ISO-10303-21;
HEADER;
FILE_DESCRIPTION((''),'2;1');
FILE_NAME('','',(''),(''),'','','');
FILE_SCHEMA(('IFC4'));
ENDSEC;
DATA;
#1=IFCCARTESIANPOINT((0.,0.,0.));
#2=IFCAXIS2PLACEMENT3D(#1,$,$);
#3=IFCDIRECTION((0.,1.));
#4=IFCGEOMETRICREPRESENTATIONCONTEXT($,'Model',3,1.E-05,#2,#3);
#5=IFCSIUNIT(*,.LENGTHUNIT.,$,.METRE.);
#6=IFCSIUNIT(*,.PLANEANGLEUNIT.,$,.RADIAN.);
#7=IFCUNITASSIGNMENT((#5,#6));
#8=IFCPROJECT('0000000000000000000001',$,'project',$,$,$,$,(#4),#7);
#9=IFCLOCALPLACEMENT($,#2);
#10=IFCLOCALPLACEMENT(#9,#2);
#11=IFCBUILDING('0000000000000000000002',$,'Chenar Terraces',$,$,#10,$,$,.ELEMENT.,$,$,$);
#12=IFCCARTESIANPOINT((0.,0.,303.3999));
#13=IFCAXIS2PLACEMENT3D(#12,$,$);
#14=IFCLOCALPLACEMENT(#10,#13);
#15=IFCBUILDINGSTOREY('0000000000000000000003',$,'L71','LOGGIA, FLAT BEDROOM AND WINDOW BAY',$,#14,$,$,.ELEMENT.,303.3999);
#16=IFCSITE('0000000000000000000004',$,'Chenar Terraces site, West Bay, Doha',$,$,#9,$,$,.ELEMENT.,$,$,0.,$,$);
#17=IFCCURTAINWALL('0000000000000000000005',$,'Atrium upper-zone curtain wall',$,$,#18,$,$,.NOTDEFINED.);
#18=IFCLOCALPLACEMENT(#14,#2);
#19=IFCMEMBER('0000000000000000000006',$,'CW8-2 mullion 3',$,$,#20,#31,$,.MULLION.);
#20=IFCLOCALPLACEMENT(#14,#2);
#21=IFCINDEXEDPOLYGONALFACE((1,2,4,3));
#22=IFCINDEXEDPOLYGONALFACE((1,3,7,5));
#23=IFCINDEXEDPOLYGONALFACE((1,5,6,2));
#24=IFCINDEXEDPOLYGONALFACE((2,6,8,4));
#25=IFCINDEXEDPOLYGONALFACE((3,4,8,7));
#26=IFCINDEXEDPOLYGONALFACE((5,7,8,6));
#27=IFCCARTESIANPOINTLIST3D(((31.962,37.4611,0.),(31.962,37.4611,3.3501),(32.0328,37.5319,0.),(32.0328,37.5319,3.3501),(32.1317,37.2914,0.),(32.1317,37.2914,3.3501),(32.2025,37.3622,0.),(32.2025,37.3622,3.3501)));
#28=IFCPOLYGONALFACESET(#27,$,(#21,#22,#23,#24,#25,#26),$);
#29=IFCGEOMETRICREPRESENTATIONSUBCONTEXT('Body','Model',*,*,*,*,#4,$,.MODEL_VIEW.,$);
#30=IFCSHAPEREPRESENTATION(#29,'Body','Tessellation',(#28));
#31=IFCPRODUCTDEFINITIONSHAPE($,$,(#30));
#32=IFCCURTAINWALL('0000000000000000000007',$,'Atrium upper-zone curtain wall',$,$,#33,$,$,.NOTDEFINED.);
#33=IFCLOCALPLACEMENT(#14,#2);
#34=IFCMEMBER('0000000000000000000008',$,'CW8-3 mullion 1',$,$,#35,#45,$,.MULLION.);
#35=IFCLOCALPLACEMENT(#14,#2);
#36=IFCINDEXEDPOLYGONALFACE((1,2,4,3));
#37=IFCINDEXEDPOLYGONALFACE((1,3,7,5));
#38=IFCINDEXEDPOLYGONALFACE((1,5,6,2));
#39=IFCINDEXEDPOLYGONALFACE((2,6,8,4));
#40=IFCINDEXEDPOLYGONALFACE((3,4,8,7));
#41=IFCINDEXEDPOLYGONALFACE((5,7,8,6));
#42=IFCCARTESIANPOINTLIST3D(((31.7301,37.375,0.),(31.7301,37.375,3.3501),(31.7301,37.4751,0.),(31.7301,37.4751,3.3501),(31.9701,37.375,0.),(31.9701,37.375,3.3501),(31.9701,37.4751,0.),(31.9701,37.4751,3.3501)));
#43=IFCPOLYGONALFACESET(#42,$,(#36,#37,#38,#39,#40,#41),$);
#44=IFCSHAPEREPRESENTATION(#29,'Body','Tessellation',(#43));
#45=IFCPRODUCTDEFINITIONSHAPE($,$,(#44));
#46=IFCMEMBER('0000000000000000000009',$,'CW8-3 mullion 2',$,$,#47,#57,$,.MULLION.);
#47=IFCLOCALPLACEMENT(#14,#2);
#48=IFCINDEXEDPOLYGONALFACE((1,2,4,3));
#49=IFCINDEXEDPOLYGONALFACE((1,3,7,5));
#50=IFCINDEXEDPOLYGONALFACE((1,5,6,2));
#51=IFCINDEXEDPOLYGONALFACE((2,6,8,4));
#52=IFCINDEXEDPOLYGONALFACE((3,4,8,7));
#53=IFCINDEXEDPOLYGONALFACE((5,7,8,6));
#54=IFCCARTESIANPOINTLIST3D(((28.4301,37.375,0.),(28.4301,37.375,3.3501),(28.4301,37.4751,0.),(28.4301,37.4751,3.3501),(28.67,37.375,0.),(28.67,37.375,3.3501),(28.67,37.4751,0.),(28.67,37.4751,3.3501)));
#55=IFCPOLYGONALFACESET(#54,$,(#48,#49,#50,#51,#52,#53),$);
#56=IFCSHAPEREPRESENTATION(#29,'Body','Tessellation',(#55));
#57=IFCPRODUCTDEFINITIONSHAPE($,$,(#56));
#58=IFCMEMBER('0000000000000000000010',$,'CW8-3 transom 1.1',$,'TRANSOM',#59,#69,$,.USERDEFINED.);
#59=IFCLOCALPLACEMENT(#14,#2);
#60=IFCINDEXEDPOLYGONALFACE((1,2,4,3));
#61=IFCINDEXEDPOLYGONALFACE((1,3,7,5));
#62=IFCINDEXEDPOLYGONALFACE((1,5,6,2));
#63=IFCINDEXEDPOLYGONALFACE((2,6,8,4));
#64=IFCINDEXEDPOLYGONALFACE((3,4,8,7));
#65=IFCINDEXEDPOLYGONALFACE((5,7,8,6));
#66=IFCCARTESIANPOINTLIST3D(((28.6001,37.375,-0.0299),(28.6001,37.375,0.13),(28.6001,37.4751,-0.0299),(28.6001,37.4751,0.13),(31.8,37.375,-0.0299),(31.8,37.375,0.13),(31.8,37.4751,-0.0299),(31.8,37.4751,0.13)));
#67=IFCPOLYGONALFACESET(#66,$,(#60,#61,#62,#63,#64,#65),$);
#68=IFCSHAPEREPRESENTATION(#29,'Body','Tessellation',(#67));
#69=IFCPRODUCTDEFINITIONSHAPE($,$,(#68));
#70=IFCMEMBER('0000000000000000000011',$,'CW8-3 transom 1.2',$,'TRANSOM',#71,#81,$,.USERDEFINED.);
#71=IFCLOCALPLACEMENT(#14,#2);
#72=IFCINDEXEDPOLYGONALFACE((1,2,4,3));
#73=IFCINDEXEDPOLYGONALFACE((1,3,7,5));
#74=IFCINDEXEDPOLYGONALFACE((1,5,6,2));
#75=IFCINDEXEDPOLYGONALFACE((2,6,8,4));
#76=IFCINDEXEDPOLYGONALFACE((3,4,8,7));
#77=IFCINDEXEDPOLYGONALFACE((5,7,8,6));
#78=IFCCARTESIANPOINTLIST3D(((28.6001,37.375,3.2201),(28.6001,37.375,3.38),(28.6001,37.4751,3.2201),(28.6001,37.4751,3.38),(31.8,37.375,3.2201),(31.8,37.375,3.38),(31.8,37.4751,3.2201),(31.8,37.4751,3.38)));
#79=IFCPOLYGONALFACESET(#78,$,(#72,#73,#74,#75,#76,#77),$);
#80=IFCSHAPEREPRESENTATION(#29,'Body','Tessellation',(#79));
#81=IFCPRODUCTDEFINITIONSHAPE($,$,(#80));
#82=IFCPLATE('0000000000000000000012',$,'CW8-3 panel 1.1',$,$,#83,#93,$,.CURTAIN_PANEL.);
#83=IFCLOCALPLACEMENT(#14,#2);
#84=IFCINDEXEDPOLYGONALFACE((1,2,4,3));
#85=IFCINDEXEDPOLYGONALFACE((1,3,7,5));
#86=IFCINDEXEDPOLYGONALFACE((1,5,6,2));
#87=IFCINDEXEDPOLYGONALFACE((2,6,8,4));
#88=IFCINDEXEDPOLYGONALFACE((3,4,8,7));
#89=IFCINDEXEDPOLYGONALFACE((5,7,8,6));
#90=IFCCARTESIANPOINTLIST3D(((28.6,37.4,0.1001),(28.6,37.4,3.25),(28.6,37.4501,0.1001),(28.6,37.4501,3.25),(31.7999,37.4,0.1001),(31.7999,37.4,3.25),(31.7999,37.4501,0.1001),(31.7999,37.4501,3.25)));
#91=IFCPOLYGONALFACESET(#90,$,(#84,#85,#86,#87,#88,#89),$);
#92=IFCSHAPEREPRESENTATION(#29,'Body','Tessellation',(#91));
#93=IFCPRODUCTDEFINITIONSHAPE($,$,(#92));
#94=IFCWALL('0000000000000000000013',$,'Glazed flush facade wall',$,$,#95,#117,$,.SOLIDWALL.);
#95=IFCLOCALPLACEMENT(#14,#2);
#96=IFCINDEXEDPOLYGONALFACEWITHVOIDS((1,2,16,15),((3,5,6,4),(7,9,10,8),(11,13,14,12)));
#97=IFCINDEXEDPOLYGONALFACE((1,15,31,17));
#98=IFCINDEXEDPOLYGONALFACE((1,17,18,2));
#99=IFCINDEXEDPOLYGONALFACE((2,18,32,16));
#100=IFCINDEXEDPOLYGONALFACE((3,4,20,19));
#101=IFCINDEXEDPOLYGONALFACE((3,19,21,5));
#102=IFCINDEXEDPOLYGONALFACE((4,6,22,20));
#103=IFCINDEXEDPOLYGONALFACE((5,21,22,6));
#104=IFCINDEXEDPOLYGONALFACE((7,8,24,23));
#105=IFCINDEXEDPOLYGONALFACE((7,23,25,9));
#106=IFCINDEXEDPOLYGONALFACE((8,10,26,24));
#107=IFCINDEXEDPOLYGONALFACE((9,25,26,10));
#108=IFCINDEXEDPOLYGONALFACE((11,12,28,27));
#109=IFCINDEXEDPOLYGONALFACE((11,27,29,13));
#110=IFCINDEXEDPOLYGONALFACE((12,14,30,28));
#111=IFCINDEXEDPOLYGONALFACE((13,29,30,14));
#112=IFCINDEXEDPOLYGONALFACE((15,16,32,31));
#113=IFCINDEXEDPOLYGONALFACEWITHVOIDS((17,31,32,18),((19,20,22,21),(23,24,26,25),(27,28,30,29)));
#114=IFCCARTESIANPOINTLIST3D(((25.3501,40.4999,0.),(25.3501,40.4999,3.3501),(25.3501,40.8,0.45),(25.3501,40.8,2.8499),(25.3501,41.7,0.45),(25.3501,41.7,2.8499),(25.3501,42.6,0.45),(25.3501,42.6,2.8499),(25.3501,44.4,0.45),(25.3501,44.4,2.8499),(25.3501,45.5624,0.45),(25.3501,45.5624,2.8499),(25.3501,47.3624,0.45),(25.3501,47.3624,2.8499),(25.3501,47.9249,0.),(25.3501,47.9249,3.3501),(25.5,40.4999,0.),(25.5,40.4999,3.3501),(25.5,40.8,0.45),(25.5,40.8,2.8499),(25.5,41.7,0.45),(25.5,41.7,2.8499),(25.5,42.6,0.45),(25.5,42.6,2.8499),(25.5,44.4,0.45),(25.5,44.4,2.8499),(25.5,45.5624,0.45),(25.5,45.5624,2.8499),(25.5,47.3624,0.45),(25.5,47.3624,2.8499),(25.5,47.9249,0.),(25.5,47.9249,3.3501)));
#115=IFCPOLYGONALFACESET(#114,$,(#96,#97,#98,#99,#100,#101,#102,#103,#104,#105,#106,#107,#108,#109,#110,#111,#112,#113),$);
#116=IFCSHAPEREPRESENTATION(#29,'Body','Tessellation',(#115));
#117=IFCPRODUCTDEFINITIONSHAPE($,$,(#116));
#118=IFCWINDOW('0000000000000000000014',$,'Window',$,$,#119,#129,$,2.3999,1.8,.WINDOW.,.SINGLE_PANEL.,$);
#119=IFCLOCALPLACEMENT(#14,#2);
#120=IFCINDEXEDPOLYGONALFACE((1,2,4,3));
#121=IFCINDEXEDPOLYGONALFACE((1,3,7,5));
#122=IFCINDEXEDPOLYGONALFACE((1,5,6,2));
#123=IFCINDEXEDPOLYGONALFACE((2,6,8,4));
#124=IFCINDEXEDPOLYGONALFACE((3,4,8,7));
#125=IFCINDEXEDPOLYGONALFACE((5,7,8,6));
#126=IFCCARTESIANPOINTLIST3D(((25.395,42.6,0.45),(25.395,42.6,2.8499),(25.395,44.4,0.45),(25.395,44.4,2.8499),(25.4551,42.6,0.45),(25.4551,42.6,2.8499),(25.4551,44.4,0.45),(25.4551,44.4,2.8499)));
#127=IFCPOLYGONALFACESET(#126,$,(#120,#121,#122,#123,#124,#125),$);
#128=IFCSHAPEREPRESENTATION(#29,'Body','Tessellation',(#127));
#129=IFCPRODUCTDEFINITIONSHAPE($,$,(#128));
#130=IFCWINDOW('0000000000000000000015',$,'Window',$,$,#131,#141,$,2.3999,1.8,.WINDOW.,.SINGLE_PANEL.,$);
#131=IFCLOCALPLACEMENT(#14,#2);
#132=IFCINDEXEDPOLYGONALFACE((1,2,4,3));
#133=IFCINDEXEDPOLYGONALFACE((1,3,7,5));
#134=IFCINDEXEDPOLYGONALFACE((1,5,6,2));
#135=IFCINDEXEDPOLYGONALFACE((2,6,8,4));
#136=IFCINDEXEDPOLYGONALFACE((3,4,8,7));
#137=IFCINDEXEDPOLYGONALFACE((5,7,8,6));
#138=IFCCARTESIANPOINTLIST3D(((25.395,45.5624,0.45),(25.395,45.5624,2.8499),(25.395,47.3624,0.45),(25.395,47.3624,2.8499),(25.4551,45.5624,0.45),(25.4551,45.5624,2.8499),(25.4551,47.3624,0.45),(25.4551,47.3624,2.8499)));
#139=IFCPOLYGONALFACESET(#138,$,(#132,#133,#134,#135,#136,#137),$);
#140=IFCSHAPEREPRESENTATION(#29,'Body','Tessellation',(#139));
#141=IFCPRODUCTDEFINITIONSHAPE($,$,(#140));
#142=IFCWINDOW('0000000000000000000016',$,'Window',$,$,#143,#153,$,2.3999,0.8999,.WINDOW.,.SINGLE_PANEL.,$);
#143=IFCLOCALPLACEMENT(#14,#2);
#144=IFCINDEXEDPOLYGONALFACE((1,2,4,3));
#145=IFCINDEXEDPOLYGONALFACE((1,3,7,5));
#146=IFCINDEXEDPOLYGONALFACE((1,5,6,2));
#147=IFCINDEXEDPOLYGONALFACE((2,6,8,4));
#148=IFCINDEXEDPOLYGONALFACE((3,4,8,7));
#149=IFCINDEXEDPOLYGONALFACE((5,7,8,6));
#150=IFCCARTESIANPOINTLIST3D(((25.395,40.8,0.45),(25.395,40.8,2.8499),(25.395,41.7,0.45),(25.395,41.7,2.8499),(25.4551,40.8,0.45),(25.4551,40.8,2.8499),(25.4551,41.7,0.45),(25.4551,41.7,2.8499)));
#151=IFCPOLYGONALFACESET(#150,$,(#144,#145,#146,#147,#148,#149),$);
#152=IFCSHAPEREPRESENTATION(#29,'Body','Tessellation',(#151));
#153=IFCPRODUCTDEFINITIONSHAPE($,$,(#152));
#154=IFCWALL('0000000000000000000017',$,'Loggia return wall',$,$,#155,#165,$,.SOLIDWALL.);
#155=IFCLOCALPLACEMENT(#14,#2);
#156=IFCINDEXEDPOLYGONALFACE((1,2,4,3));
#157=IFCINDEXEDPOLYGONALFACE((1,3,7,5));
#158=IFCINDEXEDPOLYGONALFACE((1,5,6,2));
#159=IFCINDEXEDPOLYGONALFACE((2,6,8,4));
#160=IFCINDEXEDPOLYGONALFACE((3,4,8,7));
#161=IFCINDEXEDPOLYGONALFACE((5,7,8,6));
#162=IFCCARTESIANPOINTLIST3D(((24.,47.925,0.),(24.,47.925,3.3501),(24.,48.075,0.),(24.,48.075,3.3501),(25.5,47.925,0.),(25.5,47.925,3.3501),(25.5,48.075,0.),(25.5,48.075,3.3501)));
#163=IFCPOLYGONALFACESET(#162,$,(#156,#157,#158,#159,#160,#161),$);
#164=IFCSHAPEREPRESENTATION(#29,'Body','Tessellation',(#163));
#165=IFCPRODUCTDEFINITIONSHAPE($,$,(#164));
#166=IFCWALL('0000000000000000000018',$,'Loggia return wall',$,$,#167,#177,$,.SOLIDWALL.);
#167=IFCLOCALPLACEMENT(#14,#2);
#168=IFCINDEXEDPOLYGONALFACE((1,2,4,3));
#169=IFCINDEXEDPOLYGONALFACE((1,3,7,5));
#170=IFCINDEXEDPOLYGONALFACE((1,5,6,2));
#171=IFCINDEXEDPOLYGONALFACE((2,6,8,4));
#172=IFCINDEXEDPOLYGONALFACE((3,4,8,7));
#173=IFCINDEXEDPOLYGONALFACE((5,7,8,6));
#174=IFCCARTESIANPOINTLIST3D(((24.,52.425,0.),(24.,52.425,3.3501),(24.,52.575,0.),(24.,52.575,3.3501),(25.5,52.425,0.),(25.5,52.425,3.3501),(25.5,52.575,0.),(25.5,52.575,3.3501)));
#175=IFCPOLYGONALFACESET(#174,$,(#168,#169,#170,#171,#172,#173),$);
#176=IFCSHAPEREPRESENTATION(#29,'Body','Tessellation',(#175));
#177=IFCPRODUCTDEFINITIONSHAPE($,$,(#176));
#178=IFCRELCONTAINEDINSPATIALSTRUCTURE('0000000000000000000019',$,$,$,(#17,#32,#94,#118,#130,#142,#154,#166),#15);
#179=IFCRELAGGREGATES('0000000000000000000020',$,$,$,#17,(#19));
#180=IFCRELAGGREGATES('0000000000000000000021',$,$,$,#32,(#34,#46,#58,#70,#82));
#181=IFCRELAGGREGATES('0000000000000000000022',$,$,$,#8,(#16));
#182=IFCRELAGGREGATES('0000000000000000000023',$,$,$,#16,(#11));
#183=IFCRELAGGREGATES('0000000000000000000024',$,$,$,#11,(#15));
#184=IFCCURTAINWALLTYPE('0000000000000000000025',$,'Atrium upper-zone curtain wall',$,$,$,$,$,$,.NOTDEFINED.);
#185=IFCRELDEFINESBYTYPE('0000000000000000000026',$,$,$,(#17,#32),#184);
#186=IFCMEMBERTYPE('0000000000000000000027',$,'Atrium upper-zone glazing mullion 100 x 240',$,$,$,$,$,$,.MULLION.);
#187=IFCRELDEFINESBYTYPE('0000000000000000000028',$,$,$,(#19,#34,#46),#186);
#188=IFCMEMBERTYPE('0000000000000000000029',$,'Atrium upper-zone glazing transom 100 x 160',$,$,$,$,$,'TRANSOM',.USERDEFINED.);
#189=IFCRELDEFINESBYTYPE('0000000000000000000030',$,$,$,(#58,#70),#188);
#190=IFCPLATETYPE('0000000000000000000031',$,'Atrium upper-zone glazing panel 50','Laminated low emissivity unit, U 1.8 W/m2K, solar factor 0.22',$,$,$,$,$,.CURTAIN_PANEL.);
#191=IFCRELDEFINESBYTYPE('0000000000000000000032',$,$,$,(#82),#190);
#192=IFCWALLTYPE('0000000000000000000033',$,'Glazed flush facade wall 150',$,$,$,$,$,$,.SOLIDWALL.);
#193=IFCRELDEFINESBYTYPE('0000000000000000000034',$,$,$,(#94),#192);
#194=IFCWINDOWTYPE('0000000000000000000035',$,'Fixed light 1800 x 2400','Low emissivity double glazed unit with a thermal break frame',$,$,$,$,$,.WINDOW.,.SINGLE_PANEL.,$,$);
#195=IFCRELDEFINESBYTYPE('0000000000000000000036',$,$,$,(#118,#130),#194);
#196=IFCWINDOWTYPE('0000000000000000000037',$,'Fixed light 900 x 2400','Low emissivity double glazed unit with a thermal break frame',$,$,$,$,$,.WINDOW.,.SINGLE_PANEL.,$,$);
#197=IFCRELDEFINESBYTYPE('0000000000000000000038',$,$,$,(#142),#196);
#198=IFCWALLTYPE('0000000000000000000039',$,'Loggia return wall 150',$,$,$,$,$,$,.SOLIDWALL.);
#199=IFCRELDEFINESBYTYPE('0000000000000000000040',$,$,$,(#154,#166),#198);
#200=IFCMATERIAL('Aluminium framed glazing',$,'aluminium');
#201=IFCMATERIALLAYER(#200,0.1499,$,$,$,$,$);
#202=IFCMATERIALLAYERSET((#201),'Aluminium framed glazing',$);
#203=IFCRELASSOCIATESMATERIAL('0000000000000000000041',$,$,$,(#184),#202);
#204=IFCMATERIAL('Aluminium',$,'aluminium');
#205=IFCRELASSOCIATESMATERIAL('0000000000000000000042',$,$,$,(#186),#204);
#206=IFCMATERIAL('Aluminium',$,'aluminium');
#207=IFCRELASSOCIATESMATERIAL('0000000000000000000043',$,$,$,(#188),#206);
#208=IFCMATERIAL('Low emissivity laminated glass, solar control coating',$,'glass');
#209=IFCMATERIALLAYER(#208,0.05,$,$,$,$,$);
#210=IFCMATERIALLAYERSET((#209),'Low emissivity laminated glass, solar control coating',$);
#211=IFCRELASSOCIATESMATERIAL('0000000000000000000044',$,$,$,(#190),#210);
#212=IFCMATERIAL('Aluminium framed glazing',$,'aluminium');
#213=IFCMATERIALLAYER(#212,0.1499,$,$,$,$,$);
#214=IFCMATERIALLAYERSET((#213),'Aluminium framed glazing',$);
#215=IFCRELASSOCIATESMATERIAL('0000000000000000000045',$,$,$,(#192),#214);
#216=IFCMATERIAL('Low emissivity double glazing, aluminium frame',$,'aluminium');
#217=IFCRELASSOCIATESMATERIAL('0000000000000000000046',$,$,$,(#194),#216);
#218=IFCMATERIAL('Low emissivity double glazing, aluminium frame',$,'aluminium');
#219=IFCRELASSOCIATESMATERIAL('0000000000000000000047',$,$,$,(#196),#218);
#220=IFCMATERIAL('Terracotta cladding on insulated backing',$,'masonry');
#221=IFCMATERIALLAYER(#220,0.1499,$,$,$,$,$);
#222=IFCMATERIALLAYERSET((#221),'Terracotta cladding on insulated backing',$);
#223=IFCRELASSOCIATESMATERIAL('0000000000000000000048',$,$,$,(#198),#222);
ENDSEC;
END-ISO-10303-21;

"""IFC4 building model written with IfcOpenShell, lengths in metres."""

from ifc_helpers import new_model, si_unit, direction, frame, frame_2d, origin, origin_2d, place, context, subcontext, project, spatial, rectangle, extrude, material, layer, layer_set, material_profile, profile_set, type_object, element, fill, aggregate, save


model = new_model("IFC4")

# Units and contexts
model_context = context("Model", 3, precision=1e-05, world=origin(), true_north=direction((0.0, 1.0)))
body_context = subcontext(model_context, "Body", "Model", "MODEL_VIEW")
ifc_project = project(units=[si_unit("LENGTHUNIT", "METRE"), si_unit("PLANEANGLEUNIT", "RADIAN")], contexts=[model_context])

# Site, building, storey
site_placement = place(None, origin())
site = spatial("IfcSite", under=ifc_project, at=site_placement, Name="Chenar Terraces site, West Bay, Doha", CompositionType="ELEMENT", RefElevation=0.0)
building_placement = place(site_placement, origin())
building = spatial("IfcBuilding", under=site, at=building_placement, Name="Chenar Terraces", CompositionType="ELEMENT")
storey_placement = place(building_placement, frame((0.0, 0.0, 303.3999)))
storey = spatial("IfcBuildingStorey", under=building, at=storey_placement, Name="L71", Description="LOGGIA, FLAT BEDROOM AND WINDOW BAY", CompositionType="ELEMENT", Elevation=303.3999)

# Curtain wall, member
ifc_material_1 = material(Name="Aluminium framed glazing", Category="aluminium")
ifc_layer_1 = layer(ifc_material_1, 0.1499)
ifc_layer_set_1 = layer_set([ifc_layer_1], Name="Aluminium framed glazing")
curtain_wall_type = type_object("IfcCurtainWallType", Name="Atrium upper-zone curtain wall", PredefinedType="NOTDEFINED", material=ifc_layer_set_1)
placement = place(storey_placement, origin())
curtain_wall_1 = element("IfcCurtainWall", 1, at=placement, inside=storey, type_object=curtain_wall_type, Name="Atrium upper-zone curtain wall", PredefinedType="NOTDEFINED")
ifc_material_2 = material(Name="Aluminium", Category="aluminium")
ifc_material_profile_1 = material_profile(ifc_material_2, rectangle(XDim=0.1001, YDim=0.24, at=origin_2d()), Name="Atrium upper-zone glazing mullion 100 x 240")
ifc_profile_set_1 = profile_set([ifc_material_profile_1], Name="Aluminium")
member_type_1 = type_object("IfcMemberType", Name="Atrium upper-zone glazing mullion 100 x 240", PredefinedType="MULLION", material=ifc_profile_set_1)
member_1_placement = place(storey_placement, frame((32.0823, 37.4116, 0.0), z_axis=(0.0, 0.0, 1.0), x_axis=(-0.707107, -0.707107, 0.0)))
member_1 = element("IfcMember", 2, at=member_1_placement, type_object=member_type_1, Name="CW8-2 mullion 3", PredefinedType="MULLION", context=body_context, shape_type="SweptSolid", body=[
    extrude(rectangle(XDim=0.1001, YDim=0.24, at=origin_2d()), origin(), (0.0, 0.0, 1.0), 3.3501),
])
aggregate(curtain_wall_1, [member_1])

# Curtain wall, members, plate
curtain_wall_2 = element("IfcCurtainWall", 3, at=placement, inside=storey, type_object=curtain_wall_type, Name="Atrium upper-zone curtain wall", PredefinedType="NOTDEFINED")
member_2_placement = place(storey_placement, frame((31.8501, 37.425, 0.0), z_axis=(0.0, 0.0, 1.0), x_axis=(0.0, -1.0, 0.0)))
member_2 = element("IfcMember", 4, at=member_2_placement, type_object=member_type_1, Name="CW8-3 mullion 1", PredefinedType="MULLION", context=body_context, shape_type="SweptSolid", body=[
    extrude(rectangle(XDim=0.1001, YDim=0.24, at=origin_2d()), origin(), (0.0, 0.0, 1.0), 3.3501),
])
member_3_placement = place(storey_placement, frame((28.55, 37.425, 0.0), z_axis=(0.0, 0.0, 1.0), x_axis=(0.0, -1.0, 0.0)))
member_3 = element("IfcMember", 5, at=member_3_placement, type_object=member_type_1, Name="CW8-3 mullion 2", PredefinedType="MULLION", context=body_context, shape_type="SweptSolid", body=[
    extrude(rectangle(XDim=0.1001, YDim=0.24, at=origin_2d()), origin(), (0.0, 0.0, 1.0), 3.3501),
])
ifc_material_3 = material(Name="Aluminium", Category="aluminium")
ifc_material_profile_2 = material_profile(ifc_material_3, rectangle(XDim=0.1001, YDim=0.1599, at=origin_2d()), Name="Atrium upper-zone glazing transom 100 x 160")
ifc_profile_set_2 = profile_set([ifc_material_profile_2], Name="Aluminium")
member_type_2 = type_object("IfcMemberType", Name="Atrium upper-zone glazing transom 100 x 160", ElementType="TRANSOM", PredefinedType="USERDEFINED", material=ifc_profile_set_2)
member_4_placement = place(storey_placement, frame((31.8, 37.425, 0.05), z_axis=(-1.0, 0.0, 0.0), x_axis=(0.0, -1.0, 0.0)))
member_4 = element("IfcMember", 6, at=member_4_placement, type_object=member_type_2, Name="CW8-3 transom 1.1", ObjectType="TRANSOM", PredefinedType="USERDEFINED", context=body_context, shape_type="SweptSolid", body=[
    extrude(rectangle(XDim=0.1001, YDim=0.1599, at=origin_2d()), origin(), (0.0, 0.0, 1.0), 3.2),
])
member_5_placement = place(storey_placement, frame((31.8, 37.425, 3.3), z_axis=(-1.0, 0.0, 0.0), x_axis=(0.0, -1.0, 0.0)))
member_5 = element("IfcMember", 7, at=member_5_placement, type_object=member_type_2, Name="CW8-3 transom 1.2", ObjectType="TRANSOM", PredefinedType="USERDEFINED", context=body_context, shape_type="SweptSolid", body=[
    extrude(rectangle(XDim=0.1001, YDim=0.1599, at=origin_2d()), origin(), (0.0, 0.0, 1.0), 3.2),
])
ifc_material_4 = material(Name="Low emissivity laminated glass, solar control coating", Category="glass")
ifc_layer_2 = layer(ifc_material_4, 0.05)
ifc_layer_set_2 = layer_set([ifc_layer_2], Name="Low emissivity laminated glass, solar control coating")
plate_type = type_object("IfcPlateType", Name="Atrium upper-zone glazing panel 50", Description="Laminated low emissivity unit, U 1.8 W/m2K, solar factor 0.22", PredefinedType="CURTAIN_PANEL", material=ifc_layer_set_2)
plate_placement = place(storey_placement, frame((30.2, 37.425, 0.1001), z_axis=(0.0, 0.0, 1.0), x_axis=(-1.0, 0.0, 0.0)))
plate = element("IfcPlate", 8, at=plate_placement, type_object=plate_type, Name="CW8-3 panel 1.1", PredefinedType="CURTAIN_PANEL", context=body_context, shape_type="SweptSolid", body=[
    extrude(rectangle(XDim=3.2, YDim=0.05, at=origin_2d()), origin(), (0.0, 0.0, 1.0), 3.1499),
])
aggregate(curtain_wall_2, [member_2, member_3, member_4, member_5, plate])

# Wall, openings, windows
ifc_material_5 = material(Name="Aluminium framed glazing", Category="aluminium")
ifc_layer_3 = layer(ifc_material_5, 0.1499)
ifc_layer_set_3 = layer_set([ifc_layer_3], Name="Aluminium framed glazing")
wall_type_1 = type_object("IfcWallType", Name="Glazed flush facade wall 150", PredefinedType="SOLIDWALL", material=ifc_layer_set_3)
wall_1_placement = place(storey_placement, frame((25.425, 40.5, 0.0), z_axis=(0.0, 0.0, 1.0), x_axis=(0.0, 1.0, 0.0)))
wall_1 = element("IfcWall", 9, at=wall_1_placement, inside=storey, type_object=wall_type_1, Name="Glazed flush facade wall", PredefinedType="SOLIDWALL", context=body_context, shape_type="SweptSolid", body=[
    extrude(rectangle(XDim=7.425, YDim=0.1499, at=frame_2d((3.7124, 0.0))), origin(), (0.0, 0.0, 1.0), 3.3501),
])
opening_1_placement = place(wall_1_placement, frame((0.3, 0.0, 0.45)))
opening_1 = element("IfcOpeningElement", 10, at=opening_1_placement, cuts=wall_1, PredefinedType="OPENING", context=body_context, shape_type="SweptSolid", body=[
    extrude(rectangle(XDim=0.8999, YDim=2.3999, at=frame_2d((0.45, 1.2))), frame((0.0, 0.085, 0.0), z_axis=(0.0, -1.0, 0.0), x_axis=(1.0, 0.0, 0.0)), (0.0, 0.0, 1.0), 0.1699),
])
opening_2_placement = place(wall_1_placement, frame((2.1001, 0.0, 0.45)))
opening_2 = element("IfcOpeningElement", 11, at=opening_2_placement, cuts=wall_1, PredefinedType="OPENING", context=body_context, shape_type="SweptSolid", body=[
    extrude(rectangle(XDim=1.8, YDim=2.3999, at=frame_2d((0.8999, 1.2))), frame((0.0, 0.085, 0.0), z_axis=(0.0, -1.0, 0.0), x_axis=(1.0, 0.0, 0.0)), (0.0, 0.0, 1.0), 0.1699),
])
opening_3_placement = place(wall_1_placement, frame((5.0625, 0.0, 0.45)))
opening_3 = element("IfcOpeningElement", 12, at=opening_3_placement, cuts=wall_1, PredefinedType="OPENING", context=body_context, shape_type="SweptSolid", body=[
    extrude(rectangle(XDim=1.8, YDim=2.3999, at=frame_2d((0.8999, 1.2))), frame((0.0, 0.085, 0.0), z_axis=(0.0, -1.0, 0.0), x_axis=(1.0, 0.0, 0.0)), (0.0, 0.0, 1.0), 0.1699),
])
ifc_material_6 = material(Name="Low emissivity double glazing, aluminium frame", Category="aluminium")
window_type_1 = type_object("IfcWindowType", Name="Fixed light 1800 x 2400", Description="Low emissivity double glazed unit with a thermal break frame", PartitioningType="SINGLE_PANEL", PredefinedType="WINDOW", material=ifc_material_6)
window_1_placement = place(opening_2_placement, origin())
window_1 = element("IfcWindow", 13, at=window_1_placement, inside=storey, type_object=window_type_1, Name="Window", OverallHeight=2.3999, OverallWidth=1.8, PartitioningType="SINGLE_PANEL", PredefinedType="WINDOW", context=body_context, shape_type="SweptSolid", body=[
    extrude(rectangle(XDim=1.8, YDim=2.3999, at=frame_2d((0.8999, 1.2))), frame((0.0, 0.03, 0.0), z_axis=(0.0, -1.0, 0.0), x_axis=(1.0, 0.0, 0.0)), (0.0, 0.0, 1.0), 0.0601),
])
fill(opening_2, window_1)
window_2_placement = place(opening_3_placement, origin())
window_2 = element("IfcWindow", 14, at=window_2_placement, inside=storey, type_object=window_type_1, Name="Window", OverallHeight=2.3999, OverallWidth=1.8, PartitioningType="SINGLE_PANEL", PredefinedType="WINDOW", context=body_context, shape_type="SweptSolid", body=[
    extrude(rectangle(XDim=1.8, YDim=2.3999, at=frame_2d((0.8999, 1.2))), frame((0.0, 0.03, 0.0), z_axis=(0.0, -1.0, 0.0), x_axis=(1.0, 0.0, 0.0)), (0.0, 0.0, 1.0), 0.0601),
])
fill(opening_3, window_2)
ifc_material_7 = material(Name="Low emissivity double glazing, aluminium frame", Category="aluminium")
window_type_2 = type_object("IfcWindowType", Name="Fixed light 900 x 2400", Description="Low emissivity double glazed unit with a thermal break frame", PartitioningType="SINGLE_PANEL", PredefinedType="WINDOW", material=ifc_material_7)
window_3_placement = place(opening_1_placement, origin())
window_3 = element("IfcWindow", 15, at=window_3_placement, inside=storey, type_object=window_type_2, Name="Window", OverallHeight=2.3999, OverallWidth=0.8999, PartitioningType="SINGLE_PANEL", PredefinedType="WINDOW", context=body_context, shape_type="SweptSolid", body=[
    extrude(rectangle(XDim=0.8999, YDim=2.3999, at=frame_2d((0.45, 1.2))), frame((0.0, 0.03, 0.0), z_axis=(0.0, -1.0, 0.0), x_axis=(1.0, 0.0, 0.0)), (0.0, 0.0, 1.0), 0.0601),
])
fill(opening_1, window_3)

# Walls
ifc_material_8 = material(Name="Terracotta cladding on insulated backing", Category="masonry")
ifc_layer_4 = layer(ifc_material_8, 0.1499)
ifc_layer_set_4 = layer_set([ifc_layer_4], Name="Terracotta cladding on insulated backing")
wall_type_2 = type_object("IfcWallType", Name="Loggia return wall 150", PredefinedType="SOLIDWALL", material=ifc_layer_set_4)
for number, where, z_axis, x_axis, name in (
    (16, (25.5, 48.0, 0.0), (0.0, 0.0, 1.0), (-1.0, 0.0, 0.0), "Loggia return wall"),
    (17, (25.5, 52.5, 0.0), (0.0, 0.0, 1.0), (-1.0, 0.0, 0.0), "Loggia return wall"),
):
    element("IfcWall", number, at=place(storey_placement, frame(where, z_axis=z_axis, x_axis=x_axis)), inside=storey, type_object=wall_type_2, Name=name, PredefinedType="SOLIDWALL", context=body_context, shape_type="SweptSolid", body=[
        extrude(rectangle(XDim=1.5, YDim=0.1499, at=frame_2d((0.75, 0.0))), origin(), (0.0, 0.0, 1.0), 3.3501),
    ])

save(model, "model.ifc")
